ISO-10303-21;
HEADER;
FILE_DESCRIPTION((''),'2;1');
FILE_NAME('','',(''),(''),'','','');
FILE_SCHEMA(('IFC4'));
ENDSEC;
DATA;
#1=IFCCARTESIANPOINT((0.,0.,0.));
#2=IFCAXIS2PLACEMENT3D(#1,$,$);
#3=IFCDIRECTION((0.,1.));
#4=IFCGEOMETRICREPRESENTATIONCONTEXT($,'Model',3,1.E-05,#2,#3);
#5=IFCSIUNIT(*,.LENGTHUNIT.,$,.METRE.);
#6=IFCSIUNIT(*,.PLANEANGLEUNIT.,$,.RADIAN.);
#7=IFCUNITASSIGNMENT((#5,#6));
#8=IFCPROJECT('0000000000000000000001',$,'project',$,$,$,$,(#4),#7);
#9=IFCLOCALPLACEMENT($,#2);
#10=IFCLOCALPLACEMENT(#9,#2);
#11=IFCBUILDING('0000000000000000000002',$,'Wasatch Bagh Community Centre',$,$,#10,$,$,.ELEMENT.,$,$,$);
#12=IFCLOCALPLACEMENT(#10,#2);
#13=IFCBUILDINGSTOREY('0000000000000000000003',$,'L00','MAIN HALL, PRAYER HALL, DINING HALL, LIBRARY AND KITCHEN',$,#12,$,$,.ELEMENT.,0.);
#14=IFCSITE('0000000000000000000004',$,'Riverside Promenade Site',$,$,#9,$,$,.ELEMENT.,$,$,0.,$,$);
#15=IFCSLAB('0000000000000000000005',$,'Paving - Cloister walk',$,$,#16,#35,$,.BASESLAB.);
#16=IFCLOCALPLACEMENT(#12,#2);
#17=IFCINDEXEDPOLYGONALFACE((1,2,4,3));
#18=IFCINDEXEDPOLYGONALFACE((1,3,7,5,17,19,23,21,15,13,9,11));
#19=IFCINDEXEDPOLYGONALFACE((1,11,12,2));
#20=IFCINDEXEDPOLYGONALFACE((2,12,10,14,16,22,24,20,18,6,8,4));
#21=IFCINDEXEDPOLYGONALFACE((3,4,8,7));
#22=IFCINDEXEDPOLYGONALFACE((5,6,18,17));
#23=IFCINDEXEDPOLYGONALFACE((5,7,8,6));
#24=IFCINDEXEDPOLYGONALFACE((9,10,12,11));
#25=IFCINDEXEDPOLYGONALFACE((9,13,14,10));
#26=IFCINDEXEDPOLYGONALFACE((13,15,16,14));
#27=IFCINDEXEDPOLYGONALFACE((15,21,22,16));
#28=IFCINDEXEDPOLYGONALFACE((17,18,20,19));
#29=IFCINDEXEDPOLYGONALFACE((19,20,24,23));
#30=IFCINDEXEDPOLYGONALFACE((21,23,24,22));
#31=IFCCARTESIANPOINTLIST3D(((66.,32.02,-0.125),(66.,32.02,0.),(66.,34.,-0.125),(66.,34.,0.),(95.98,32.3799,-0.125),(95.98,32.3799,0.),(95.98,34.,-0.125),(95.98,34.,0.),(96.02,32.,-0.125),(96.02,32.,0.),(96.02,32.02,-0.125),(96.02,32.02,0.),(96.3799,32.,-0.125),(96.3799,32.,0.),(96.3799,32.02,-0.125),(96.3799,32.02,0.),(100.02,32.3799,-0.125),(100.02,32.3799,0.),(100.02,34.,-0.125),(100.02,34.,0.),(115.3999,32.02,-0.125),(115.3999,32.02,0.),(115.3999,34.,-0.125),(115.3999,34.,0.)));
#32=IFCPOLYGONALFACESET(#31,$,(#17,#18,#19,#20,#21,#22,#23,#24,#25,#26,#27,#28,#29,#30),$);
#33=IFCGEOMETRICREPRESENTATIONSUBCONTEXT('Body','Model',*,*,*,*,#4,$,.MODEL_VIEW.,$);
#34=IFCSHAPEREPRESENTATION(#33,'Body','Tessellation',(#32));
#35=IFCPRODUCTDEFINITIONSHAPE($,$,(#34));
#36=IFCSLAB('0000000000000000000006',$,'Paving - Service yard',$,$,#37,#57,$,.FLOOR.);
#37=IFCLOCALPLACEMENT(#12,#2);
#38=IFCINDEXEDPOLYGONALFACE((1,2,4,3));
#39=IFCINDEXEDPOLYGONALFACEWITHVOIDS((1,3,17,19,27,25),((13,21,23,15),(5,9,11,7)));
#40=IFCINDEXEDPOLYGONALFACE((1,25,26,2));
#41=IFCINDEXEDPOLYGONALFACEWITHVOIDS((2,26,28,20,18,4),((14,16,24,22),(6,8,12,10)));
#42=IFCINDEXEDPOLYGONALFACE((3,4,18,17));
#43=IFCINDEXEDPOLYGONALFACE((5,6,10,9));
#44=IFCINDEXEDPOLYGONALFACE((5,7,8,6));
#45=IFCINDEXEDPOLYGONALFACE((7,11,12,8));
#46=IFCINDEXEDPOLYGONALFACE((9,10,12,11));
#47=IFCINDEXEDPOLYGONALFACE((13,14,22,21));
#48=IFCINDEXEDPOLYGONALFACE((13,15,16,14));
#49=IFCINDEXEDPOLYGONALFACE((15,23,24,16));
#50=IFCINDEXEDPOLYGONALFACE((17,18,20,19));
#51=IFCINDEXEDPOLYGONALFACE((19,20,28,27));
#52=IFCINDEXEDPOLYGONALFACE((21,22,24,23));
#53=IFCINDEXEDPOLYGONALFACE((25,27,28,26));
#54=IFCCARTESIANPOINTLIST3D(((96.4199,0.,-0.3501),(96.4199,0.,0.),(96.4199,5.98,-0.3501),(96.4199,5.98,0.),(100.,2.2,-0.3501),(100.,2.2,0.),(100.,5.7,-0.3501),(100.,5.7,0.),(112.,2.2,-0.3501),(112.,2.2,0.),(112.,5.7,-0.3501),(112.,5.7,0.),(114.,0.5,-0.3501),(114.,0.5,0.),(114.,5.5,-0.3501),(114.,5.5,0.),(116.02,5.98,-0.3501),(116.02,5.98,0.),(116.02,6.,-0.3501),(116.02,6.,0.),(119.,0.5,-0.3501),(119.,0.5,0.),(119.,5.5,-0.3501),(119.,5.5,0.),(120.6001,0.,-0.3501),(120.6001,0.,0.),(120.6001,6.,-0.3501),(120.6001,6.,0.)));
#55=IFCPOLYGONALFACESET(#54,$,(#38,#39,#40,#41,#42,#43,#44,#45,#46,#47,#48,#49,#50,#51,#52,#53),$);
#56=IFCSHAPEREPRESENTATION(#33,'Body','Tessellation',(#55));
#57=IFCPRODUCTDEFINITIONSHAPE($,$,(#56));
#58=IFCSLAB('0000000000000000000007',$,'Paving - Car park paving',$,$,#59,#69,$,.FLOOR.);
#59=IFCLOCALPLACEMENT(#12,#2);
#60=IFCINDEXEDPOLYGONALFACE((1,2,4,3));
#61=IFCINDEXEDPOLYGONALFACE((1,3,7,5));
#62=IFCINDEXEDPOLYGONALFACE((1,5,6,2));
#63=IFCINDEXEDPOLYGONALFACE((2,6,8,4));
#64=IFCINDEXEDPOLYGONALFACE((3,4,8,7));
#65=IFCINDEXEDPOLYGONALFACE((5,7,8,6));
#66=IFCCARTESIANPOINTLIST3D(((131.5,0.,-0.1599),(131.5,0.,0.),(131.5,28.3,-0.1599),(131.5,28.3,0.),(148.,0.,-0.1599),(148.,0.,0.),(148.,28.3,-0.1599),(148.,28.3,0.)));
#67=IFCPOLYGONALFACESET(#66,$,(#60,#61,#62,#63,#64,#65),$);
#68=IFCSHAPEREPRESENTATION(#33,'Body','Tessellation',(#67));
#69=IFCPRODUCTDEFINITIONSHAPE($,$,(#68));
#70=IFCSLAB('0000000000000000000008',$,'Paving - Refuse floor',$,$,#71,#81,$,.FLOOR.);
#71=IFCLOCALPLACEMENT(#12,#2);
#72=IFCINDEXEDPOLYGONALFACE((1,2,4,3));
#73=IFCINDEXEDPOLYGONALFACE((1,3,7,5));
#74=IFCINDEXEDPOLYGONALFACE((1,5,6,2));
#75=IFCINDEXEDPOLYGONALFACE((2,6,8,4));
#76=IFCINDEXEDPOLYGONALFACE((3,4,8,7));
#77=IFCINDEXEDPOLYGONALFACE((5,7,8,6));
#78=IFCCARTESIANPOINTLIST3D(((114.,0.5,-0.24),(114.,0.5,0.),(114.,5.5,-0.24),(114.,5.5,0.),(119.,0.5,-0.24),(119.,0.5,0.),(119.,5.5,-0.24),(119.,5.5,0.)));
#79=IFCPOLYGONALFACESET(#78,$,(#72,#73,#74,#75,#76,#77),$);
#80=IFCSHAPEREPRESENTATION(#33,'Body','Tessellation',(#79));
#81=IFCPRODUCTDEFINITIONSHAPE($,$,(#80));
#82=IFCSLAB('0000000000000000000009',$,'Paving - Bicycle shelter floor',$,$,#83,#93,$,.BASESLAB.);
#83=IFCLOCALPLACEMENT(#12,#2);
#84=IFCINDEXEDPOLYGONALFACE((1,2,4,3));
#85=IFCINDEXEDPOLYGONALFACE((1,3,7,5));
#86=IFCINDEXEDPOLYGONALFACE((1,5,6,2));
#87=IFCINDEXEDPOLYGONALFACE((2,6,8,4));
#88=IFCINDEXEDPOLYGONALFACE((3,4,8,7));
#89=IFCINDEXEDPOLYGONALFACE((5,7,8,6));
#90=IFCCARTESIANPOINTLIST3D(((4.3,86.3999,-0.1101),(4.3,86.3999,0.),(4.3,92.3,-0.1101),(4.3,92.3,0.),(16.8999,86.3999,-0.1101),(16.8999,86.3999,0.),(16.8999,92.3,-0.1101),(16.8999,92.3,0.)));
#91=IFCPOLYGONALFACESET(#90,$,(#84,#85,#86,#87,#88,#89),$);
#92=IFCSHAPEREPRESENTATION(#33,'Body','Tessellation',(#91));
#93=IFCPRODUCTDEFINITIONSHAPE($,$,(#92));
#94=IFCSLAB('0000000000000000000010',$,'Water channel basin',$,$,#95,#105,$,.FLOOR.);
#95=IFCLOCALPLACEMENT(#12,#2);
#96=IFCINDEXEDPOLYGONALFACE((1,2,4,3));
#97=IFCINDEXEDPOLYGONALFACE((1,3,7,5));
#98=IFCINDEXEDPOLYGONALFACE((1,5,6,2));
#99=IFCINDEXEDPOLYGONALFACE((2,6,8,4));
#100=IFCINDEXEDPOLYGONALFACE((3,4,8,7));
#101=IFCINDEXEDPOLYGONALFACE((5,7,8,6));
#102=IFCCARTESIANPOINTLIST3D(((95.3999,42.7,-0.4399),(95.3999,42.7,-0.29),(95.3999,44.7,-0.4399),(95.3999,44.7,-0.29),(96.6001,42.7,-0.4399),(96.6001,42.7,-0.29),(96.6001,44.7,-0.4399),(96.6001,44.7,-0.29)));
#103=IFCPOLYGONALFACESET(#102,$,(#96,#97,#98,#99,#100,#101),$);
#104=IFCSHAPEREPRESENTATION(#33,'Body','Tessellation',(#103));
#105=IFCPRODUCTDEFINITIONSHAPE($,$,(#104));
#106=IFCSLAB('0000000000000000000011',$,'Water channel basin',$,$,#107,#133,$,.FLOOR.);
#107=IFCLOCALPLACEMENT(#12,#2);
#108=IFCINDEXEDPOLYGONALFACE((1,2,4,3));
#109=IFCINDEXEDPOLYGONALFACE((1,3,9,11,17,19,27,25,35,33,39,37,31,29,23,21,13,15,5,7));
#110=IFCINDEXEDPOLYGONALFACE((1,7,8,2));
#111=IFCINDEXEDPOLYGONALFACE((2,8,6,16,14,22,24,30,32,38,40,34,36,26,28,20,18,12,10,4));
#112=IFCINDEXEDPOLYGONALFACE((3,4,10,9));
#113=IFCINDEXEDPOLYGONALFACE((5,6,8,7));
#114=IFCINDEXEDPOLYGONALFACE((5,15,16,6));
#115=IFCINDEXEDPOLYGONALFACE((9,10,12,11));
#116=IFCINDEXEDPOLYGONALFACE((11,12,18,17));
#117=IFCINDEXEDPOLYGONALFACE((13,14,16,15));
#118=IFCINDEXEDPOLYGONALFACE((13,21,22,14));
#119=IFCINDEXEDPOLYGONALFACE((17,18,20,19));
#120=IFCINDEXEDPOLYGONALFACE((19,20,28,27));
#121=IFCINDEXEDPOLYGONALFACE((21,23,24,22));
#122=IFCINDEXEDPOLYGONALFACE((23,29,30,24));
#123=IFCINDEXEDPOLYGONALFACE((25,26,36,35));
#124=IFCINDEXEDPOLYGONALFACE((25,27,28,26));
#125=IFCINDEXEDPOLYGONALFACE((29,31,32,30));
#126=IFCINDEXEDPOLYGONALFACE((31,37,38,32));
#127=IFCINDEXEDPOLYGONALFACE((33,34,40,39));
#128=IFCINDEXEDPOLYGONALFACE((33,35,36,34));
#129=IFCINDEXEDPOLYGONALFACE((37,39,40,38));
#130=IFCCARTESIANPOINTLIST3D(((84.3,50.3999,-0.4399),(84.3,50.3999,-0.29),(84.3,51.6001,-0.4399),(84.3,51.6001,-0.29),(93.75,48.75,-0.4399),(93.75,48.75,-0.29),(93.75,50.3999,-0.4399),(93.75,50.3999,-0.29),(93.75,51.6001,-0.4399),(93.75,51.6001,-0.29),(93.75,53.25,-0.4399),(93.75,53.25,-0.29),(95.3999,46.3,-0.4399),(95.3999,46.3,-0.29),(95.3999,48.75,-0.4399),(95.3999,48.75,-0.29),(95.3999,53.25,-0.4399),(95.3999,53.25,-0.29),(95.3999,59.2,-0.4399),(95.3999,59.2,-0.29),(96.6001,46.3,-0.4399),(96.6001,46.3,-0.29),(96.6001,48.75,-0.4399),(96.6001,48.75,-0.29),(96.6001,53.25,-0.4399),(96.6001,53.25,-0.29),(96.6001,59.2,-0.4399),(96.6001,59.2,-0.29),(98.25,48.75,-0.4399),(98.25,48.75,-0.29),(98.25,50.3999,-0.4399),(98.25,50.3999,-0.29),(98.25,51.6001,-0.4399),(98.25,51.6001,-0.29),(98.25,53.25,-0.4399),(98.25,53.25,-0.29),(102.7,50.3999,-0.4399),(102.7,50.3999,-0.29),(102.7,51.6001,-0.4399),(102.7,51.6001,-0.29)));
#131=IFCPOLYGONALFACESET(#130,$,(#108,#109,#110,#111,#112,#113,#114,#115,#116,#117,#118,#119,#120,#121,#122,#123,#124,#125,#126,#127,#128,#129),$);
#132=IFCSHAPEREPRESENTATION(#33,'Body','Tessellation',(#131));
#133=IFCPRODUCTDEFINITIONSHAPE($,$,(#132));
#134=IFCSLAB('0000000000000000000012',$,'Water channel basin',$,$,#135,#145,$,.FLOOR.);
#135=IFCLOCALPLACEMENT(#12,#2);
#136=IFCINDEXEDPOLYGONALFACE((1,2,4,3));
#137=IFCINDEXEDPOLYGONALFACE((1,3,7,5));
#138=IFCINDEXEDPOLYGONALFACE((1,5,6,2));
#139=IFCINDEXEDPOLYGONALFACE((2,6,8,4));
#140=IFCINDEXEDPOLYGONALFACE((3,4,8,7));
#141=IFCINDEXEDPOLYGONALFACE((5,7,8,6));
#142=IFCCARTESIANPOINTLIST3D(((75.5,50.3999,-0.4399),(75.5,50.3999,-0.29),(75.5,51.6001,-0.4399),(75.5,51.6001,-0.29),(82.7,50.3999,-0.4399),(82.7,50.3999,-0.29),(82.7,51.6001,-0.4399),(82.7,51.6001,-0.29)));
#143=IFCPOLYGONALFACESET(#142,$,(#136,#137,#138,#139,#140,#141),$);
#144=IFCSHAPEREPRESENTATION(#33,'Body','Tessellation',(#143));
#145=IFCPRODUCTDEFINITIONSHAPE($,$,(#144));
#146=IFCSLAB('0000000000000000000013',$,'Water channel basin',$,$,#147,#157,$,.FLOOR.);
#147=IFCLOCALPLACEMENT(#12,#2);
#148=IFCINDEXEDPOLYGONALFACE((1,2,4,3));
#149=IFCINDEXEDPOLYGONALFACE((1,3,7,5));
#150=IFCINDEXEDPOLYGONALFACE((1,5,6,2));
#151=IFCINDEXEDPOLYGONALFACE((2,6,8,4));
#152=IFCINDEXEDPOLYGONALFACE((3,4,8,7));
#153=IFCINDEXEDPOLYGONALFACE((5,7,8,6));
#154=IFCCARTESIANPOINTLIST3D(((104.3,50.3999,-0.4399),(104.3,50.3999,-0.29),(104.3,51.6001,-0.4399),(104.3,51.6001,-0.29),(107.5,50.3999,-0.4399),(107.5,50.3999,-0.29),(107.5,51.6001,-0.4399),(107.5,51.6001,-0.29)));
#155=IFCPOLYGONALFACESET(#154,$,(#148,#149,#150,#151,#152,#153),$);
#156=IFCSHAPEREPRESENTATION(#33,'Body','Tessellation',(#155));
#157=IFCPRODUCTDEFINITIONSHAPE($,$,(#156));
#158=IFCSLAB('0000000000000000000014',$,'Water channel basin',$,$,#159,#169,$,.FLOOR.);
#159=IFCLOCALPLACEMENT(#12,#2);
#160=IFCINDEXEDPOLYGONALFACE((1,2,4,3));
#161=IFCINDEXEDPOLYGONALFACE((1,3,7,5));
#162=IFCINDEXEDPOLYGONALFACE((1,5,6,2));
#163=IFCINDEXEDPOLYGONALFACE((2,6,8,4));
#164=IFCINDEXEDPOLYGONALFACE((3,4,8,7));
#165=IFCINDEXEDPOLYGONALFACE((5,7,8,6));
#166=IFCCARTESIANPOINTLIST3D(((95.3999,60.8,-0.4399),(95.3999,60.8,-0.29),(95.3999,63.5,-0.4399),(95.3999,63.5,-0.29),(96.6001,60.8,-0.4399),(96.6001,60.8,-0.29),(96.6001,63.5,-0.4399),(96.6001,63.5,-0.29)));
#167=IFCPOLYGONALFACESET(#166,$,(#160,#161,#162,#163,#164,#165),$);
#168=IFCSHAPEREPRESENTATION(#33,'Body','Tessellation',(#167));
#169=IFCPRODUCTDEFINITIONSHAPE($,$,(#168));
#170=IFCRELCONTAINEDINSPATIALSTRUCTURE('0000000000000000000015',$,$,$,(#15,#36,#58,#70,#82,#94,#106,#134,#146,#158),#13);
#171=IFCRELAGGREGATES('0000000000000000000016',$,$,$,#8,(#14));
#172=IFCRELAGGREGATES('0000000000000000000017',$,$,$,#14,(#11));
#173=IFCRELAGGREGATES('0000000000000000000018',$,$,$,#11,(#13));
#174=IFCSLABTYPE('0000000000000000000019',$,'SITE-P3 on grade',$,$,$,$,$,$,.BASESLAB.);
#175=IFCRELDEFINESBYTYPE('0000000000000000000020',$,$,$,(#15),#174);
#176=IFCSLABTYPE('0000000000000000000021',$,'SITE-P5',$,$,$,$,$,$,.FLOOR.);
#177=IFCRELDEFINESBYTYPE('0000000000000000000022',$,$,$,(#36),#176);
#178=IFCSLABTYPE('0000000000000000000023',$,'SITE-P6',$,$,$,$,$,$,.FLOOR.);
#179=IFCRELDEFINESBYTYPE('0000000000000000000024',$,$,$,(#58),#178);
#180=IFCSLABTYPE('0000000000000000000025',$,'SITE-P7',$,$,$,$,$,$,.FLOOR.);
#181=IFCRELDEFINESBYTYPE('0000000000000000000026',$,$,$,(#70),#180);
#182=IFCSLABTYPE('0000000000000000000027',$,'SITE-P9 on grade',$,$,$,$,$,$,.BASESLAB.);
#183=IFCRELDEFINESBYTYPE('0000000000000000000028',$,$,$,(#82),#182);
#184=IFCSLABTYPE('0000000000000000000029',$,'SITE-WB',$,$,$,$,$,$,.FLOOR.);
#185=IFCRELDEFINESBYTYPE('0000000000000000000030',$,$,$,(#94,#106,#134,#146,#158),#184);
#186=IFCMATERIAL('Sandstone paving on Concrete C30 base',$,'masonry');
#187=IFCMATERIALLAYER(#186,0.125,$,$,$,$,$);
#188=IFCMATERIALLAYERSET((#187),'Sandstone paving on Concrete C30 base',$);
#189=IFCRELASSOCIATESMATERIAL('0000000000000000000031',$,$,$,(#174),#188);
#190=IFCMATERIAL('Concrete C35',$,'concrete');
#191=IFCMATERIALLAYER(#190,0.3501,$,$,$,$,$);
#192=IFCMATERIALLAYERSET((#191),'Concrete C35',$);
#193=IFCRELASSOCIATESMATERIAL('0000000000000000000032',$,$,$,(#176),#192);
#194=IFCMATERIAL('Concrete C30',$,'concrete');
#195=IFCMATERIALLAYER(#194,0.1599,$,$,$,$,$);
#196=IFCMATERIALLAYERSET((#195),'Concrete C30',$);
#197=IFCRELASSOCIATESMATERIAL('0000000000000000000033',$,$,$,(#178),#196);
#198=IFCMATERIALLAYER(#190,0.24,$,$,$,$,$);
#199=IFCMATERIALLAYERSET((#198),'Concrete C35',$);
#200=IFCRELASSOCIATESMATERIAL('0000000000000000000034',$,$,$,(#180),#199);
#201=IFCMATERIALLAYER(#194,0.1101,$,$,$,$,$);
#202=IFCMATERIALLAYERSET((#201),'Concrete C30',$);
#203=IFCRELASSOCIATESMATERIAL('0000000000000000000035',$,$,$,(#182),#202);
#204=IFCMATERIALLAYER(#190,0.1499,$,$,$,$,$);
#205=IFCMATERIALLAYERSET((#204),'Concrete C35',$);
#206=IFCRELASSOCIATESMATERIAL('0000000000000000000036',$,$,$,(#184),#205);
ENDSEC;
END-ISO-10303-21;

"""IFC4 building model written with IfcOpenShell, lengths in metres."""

from ifc_helpers import new_model, si_unit, direction, frame, origin, place, context, subcontext, project, spatial, polyline, outline, extrude, material, layer, layer_set, type_object, element, save


model = new_model("IFC4")

# Units and contexts
model_context = context("Model", 3, precision=1e-05, world=origin(), true_north=direction((0.0, 1.0)))
body_context = subcontext(model_context, "Body", "Model", "MODEL_VIEW")
ifc_project = project(units=[si_unit("LENGTHUNIT", "METRE"), si_unit("PLANEANGLEUNIT", "RADIAN")], contexts=[model_context])

# Site, building, storey
site_placement = place(None, origin())
site = spatial("IfcSite", under=ifc_project, at=site_placement, Name="Riverside Promenade Site", CompositionType="ELEMENT", RefElevation=0.0)
building_placement = place(site_placement, origin())
building = spatial("IfcBuilding", under=site, at=building_placement, Name="Wasatch Bagh Community Centre", CompositionType="ELEMENT")
storey_placement = place(building_placement, origin())
storey = spatial("IfcBuildingStorey", under=building, at=storey_placement, Name="L00", Description="MAIN HALL, PRAYER HALL, DINING HALL, LIBRARY AND KITCHEN", CompositionType="ELEMENT", Elevation=0.0)

# Slabs
ifc_material_1 = material(Name="Concrete C30", Category="concrete")
ifc_material_2 = material(Name="Concrete C35", Category="concrete")
ifc_material_3 = material(Name="Sandstone paving on Concrete C30 base", Category="masonry")
ifc_layer_1 = layer(ifc_material_3, 0.125)
ifc_layer_set_1 = layer_set([ifc_layer_1], Name="Sandstone paving on Concrete C30 base")
slab_type_1 = type_object("IfcSlabType", Name="SITE-P3 on grade", PredefinedType="BASESLAB", material=ifc_layer_set_1)
slab_1_placement = place(storey_placement, frame((0.0, 0.0, -0.125)))
element("IfcSlab", 1, at=slab_1_placement, inside=storey, type_object=slab_type_1, Name="Paving - Cloister walk", PredefinedType="BASESLAB", context=body_context, shape_type="SweptSolid", body=[
    extrude(outline(polyline([(115.3999, 32.02), (96.3799, 32.02), (96.3799, 32.0), (96.02, 32.0), (96.02, 32.02), (66.0, 32.02), (66.0, 34.0), (95.98, 34.0), (95.98, 32.3799), (100.02, 32.3799), (100.02, 34.0), (115.3999, 34.0), (115.3999, 32.02)])), origin(), (0.0, 0.0, 1.0), 0.125),
])
ifc_layer_2 = layer(ifc_material_2, 0.3501)
ifc_layer_set_2 = layer_set([ifc_layer_2], Name="Concrete C35")
slab_type_2 = type_object("IfcSlabType", Name="SITE-P5", PredefinedType="FLOOR", material=ifc_layer_set_2)
slab_2_placement = place(storey_placement, frame((0.0, 0.0, -0.3501)))
element("IfcSlab", 2, at=slab_2_placement, inside=storey, type_object=slab_type_2, Name="Paving - Service yard", PredefinedType="FLOOR", context=body_context, shape_type="SweptSolid", body=[
    extrude(outline(polyline([(120.6001, 0.0), (96.4199, 0.0), (96.4199, 5.98), (116.02, 5.98), (116.02, 6.0), (120.6001, 6.0), (120.6001, 0.0)]), holes=[polyline([(114.0, 0.5), (119.0, 0.5), (119.0, 5.5), (114.0, 5.5), (114.0, 0.5)]), polyline([(100.0, 5.7), (100.0, 2.2), (112.0, 2.2), (112.0, 5.7), (100.0, 5.7)])]), origin(), (0.0, 0.0, 1.0), 0.3501),
])
ifc_layer_3 = layer(ifc_material_1, 0.1599)
ifc_layer_set_3 = layer_set([ifc_layer_3], Name="Concrete C30")
slab_type_3 = type_object("IfcSlabType", Name="SITE-P6", PredefinedType="FLOOR", material=ifc_layer_set_3)
slab_3_placement = place(storey_placement, frame((0.0, 0.0, -0.1599)))
element("IfcSlab", 3, at=slab_3_placement, inside=storey, type_object=slab_type_3, Name="Paving - Car park paving", PredefinedType="FLOOR", context=body_context, shape_type="SweptSolid", body=[
    extrude(outline(polyline([(131.5, 28.3), (148.0, 28.3), (148.0, 0.0), (131.5, 0.0), (131.5, 28.3)])), origin(), (0.0, 0.0, 1.0), 0.1599),
])
ifc_layer_4 = layer(ifc_material_2, 0.24)
ifc_layer_set_4 = layer_set([ifc_layer_4], Name="Concrete C35")
slab_type_4 = type_object("IfcSlabType", Name="SITE-P7", PredefinedType="FLOOR", material=ifc_layer_set_4)
slab_4_placement = place(storey_placement, frame((0.0, 0.0, -0.24)))
element("IfcSlab", 4, at=slab_4_placement, inside=storey, type_object=slab_type_4, Name="Paving - Refuse floor", PredefinedType="FLOOR", context=body_context, shape_type="SweptSolid", body=[
    extrude(outline(polyline([(114.0, 5.5), (119.0, 5.5), (119.0, 0.5), (114.0, 0.5), (114.0, 5.5)])), origin(), (0.0, 0.0, 1.0), 0.24),
])
ifc_layer_5 = layer(ifc_material_1, 0.1101)
ifc_layer_set_5 = layer_set([ifc_layer_5], Name="Concrete C30")
slab_type_5 = type_object("IfcSlabType", Name="SITE-P9 on grade", PredefinedType="BASESLAB", material=ifc_layer_set_5)
slab_5_placement = place(storey_placement, frame((0.0, 0.0, -0.1101)))
element("IfcSlab", 5, at=slab_5_placement, inside=storey, type_object=slab_type_5, Name="Paving - Bicycle shelter floor", PredefinedType="BASESLAB", context=body_context, shape_type="SweptSolid", body=[
    extrude(outline(polyline([(4.3, 92.3), (16.8999, 92.3), (16.8999, 86.3999), (4.3, 86.3999), (4.3, 92.3)])), origin(), (0.0, 0.0, 1.0), 0.1101),
])
ifc_layer_6 = layer(ifc_material_2, 0.1499)
ifc_layer_set_6 = layer_set([ifc_layer_6], Name="Concrete C35")
slab_type_6 = type_object("IfcSlabType", Name="SITE-WB", PredefinedType="FLOOR", material=ifc_layer_set_6)
slab_6_placement = place(storey_placement, frame((0.0, 0.0, -0.4399)))
element("IfcSlab", 6, at=slab_6_placement, inside=storey, type_object=slab_type_6, Name="Water channel basin", PredefinedType="FLOOR", context=body_context, shape_type="SweptSolid", body=[
    extrude(outline(polyline([(96.6001, 44.7), (96.6001, 42.7), (95.3999, 42.7), (95.3999, 44.7), (96.6001, 44.7)])), origin(), (0.0, 0.0, 1.0), 0.1499),
])
slab_7_placement = place(storey_placement, frame((0.0, 0.0, -0.4399)))
element("IfcSlab", 7, at=slab_7_placement, inside=storey, type_object=slab_type_6, Name="Water channel basin", PredefinedType="FLOOR", context=body_context, shape_type="SweptSolid", body=[
    extrude(outline(polyline([(96.6001, 46.3), (95.3999, 46.3), (95.3999, 48.75), (93.75, 48.75), (93.75, 50.3999), (84.3, 50.3999), (84.3, 51.6001), (93.75, 51.6001), (93.75, 53.25), (95.3999, 53.25), (95.3999, 59.2), (96.6001, 59.2), (96.6001, 53.25), (98.25, 53.25), (98.25, 51.6001), (102.7, 51.6001), (102.7, 50.3999), (98.25, 50.3999), (98.25, 48.75), (96.6001, 48.75), (96.6001, 46.3)])), origin(), (0.0, 0.0, 1.0), 0.1499),
])
slab_8_placement = place(storey_placement, frame((0.0, 0.0, -0.4399)))
element("IfcSlab", 8, at=slab_8_placement, inside=storey, type_object=slab_type_6, Name="Water channel basin", PredefinedType="FLOOR", context=body_context, shape_type="SweptSolid", body=[
    extrude(outline(polyline([(82.7, 51.6001), (82.7, 50.3999), (75.5, 50.3999), (75.5, 51.6001), (82.7, 51.6001)])), origin(), (0.0, 0.0, 1.0), 0.1499),
])
slab_9_placement = place(storey_placement, frame((0.0, 0.0, -0.4399)))
element("IfcSlab", 9, at=slab_9_placement, inside=storey, type_object=slab_type_6, Name="Water channel basin", PredefinedType="FLOOR", context=body_context, shape_type="SweptSolid", body=[
    extrude(outline(polyline([(107.5, 51.6001), (107.5, 50.3999), (104.3, 50.3999), (104.3, 51.6001), (107.5, 51.6001)])), origin(), (0.0, 0.0, 1.0), 0.1499),
])
slab_10_placement = place(storey_placement, frame((0.0, 0.0, -0.4399)))
element("IfcSlab", 10, at=slab_10_placement, inside=storey, type_object=slab_type_6, Name="Water channel basin", PredefinedType="FLOOR", context=body_context, shape_type="SweptSolid", body=[
    extrude(outline(polyline([(96.6001, 60.8), (95.3999, 60.8), (95.3999, 63.5), (96.6001, 63.5), (96.6001, 60.8)])), origin(), (0.0, 0.0, 1.0), 0.1499),
])

save(model, "model.ifc")
